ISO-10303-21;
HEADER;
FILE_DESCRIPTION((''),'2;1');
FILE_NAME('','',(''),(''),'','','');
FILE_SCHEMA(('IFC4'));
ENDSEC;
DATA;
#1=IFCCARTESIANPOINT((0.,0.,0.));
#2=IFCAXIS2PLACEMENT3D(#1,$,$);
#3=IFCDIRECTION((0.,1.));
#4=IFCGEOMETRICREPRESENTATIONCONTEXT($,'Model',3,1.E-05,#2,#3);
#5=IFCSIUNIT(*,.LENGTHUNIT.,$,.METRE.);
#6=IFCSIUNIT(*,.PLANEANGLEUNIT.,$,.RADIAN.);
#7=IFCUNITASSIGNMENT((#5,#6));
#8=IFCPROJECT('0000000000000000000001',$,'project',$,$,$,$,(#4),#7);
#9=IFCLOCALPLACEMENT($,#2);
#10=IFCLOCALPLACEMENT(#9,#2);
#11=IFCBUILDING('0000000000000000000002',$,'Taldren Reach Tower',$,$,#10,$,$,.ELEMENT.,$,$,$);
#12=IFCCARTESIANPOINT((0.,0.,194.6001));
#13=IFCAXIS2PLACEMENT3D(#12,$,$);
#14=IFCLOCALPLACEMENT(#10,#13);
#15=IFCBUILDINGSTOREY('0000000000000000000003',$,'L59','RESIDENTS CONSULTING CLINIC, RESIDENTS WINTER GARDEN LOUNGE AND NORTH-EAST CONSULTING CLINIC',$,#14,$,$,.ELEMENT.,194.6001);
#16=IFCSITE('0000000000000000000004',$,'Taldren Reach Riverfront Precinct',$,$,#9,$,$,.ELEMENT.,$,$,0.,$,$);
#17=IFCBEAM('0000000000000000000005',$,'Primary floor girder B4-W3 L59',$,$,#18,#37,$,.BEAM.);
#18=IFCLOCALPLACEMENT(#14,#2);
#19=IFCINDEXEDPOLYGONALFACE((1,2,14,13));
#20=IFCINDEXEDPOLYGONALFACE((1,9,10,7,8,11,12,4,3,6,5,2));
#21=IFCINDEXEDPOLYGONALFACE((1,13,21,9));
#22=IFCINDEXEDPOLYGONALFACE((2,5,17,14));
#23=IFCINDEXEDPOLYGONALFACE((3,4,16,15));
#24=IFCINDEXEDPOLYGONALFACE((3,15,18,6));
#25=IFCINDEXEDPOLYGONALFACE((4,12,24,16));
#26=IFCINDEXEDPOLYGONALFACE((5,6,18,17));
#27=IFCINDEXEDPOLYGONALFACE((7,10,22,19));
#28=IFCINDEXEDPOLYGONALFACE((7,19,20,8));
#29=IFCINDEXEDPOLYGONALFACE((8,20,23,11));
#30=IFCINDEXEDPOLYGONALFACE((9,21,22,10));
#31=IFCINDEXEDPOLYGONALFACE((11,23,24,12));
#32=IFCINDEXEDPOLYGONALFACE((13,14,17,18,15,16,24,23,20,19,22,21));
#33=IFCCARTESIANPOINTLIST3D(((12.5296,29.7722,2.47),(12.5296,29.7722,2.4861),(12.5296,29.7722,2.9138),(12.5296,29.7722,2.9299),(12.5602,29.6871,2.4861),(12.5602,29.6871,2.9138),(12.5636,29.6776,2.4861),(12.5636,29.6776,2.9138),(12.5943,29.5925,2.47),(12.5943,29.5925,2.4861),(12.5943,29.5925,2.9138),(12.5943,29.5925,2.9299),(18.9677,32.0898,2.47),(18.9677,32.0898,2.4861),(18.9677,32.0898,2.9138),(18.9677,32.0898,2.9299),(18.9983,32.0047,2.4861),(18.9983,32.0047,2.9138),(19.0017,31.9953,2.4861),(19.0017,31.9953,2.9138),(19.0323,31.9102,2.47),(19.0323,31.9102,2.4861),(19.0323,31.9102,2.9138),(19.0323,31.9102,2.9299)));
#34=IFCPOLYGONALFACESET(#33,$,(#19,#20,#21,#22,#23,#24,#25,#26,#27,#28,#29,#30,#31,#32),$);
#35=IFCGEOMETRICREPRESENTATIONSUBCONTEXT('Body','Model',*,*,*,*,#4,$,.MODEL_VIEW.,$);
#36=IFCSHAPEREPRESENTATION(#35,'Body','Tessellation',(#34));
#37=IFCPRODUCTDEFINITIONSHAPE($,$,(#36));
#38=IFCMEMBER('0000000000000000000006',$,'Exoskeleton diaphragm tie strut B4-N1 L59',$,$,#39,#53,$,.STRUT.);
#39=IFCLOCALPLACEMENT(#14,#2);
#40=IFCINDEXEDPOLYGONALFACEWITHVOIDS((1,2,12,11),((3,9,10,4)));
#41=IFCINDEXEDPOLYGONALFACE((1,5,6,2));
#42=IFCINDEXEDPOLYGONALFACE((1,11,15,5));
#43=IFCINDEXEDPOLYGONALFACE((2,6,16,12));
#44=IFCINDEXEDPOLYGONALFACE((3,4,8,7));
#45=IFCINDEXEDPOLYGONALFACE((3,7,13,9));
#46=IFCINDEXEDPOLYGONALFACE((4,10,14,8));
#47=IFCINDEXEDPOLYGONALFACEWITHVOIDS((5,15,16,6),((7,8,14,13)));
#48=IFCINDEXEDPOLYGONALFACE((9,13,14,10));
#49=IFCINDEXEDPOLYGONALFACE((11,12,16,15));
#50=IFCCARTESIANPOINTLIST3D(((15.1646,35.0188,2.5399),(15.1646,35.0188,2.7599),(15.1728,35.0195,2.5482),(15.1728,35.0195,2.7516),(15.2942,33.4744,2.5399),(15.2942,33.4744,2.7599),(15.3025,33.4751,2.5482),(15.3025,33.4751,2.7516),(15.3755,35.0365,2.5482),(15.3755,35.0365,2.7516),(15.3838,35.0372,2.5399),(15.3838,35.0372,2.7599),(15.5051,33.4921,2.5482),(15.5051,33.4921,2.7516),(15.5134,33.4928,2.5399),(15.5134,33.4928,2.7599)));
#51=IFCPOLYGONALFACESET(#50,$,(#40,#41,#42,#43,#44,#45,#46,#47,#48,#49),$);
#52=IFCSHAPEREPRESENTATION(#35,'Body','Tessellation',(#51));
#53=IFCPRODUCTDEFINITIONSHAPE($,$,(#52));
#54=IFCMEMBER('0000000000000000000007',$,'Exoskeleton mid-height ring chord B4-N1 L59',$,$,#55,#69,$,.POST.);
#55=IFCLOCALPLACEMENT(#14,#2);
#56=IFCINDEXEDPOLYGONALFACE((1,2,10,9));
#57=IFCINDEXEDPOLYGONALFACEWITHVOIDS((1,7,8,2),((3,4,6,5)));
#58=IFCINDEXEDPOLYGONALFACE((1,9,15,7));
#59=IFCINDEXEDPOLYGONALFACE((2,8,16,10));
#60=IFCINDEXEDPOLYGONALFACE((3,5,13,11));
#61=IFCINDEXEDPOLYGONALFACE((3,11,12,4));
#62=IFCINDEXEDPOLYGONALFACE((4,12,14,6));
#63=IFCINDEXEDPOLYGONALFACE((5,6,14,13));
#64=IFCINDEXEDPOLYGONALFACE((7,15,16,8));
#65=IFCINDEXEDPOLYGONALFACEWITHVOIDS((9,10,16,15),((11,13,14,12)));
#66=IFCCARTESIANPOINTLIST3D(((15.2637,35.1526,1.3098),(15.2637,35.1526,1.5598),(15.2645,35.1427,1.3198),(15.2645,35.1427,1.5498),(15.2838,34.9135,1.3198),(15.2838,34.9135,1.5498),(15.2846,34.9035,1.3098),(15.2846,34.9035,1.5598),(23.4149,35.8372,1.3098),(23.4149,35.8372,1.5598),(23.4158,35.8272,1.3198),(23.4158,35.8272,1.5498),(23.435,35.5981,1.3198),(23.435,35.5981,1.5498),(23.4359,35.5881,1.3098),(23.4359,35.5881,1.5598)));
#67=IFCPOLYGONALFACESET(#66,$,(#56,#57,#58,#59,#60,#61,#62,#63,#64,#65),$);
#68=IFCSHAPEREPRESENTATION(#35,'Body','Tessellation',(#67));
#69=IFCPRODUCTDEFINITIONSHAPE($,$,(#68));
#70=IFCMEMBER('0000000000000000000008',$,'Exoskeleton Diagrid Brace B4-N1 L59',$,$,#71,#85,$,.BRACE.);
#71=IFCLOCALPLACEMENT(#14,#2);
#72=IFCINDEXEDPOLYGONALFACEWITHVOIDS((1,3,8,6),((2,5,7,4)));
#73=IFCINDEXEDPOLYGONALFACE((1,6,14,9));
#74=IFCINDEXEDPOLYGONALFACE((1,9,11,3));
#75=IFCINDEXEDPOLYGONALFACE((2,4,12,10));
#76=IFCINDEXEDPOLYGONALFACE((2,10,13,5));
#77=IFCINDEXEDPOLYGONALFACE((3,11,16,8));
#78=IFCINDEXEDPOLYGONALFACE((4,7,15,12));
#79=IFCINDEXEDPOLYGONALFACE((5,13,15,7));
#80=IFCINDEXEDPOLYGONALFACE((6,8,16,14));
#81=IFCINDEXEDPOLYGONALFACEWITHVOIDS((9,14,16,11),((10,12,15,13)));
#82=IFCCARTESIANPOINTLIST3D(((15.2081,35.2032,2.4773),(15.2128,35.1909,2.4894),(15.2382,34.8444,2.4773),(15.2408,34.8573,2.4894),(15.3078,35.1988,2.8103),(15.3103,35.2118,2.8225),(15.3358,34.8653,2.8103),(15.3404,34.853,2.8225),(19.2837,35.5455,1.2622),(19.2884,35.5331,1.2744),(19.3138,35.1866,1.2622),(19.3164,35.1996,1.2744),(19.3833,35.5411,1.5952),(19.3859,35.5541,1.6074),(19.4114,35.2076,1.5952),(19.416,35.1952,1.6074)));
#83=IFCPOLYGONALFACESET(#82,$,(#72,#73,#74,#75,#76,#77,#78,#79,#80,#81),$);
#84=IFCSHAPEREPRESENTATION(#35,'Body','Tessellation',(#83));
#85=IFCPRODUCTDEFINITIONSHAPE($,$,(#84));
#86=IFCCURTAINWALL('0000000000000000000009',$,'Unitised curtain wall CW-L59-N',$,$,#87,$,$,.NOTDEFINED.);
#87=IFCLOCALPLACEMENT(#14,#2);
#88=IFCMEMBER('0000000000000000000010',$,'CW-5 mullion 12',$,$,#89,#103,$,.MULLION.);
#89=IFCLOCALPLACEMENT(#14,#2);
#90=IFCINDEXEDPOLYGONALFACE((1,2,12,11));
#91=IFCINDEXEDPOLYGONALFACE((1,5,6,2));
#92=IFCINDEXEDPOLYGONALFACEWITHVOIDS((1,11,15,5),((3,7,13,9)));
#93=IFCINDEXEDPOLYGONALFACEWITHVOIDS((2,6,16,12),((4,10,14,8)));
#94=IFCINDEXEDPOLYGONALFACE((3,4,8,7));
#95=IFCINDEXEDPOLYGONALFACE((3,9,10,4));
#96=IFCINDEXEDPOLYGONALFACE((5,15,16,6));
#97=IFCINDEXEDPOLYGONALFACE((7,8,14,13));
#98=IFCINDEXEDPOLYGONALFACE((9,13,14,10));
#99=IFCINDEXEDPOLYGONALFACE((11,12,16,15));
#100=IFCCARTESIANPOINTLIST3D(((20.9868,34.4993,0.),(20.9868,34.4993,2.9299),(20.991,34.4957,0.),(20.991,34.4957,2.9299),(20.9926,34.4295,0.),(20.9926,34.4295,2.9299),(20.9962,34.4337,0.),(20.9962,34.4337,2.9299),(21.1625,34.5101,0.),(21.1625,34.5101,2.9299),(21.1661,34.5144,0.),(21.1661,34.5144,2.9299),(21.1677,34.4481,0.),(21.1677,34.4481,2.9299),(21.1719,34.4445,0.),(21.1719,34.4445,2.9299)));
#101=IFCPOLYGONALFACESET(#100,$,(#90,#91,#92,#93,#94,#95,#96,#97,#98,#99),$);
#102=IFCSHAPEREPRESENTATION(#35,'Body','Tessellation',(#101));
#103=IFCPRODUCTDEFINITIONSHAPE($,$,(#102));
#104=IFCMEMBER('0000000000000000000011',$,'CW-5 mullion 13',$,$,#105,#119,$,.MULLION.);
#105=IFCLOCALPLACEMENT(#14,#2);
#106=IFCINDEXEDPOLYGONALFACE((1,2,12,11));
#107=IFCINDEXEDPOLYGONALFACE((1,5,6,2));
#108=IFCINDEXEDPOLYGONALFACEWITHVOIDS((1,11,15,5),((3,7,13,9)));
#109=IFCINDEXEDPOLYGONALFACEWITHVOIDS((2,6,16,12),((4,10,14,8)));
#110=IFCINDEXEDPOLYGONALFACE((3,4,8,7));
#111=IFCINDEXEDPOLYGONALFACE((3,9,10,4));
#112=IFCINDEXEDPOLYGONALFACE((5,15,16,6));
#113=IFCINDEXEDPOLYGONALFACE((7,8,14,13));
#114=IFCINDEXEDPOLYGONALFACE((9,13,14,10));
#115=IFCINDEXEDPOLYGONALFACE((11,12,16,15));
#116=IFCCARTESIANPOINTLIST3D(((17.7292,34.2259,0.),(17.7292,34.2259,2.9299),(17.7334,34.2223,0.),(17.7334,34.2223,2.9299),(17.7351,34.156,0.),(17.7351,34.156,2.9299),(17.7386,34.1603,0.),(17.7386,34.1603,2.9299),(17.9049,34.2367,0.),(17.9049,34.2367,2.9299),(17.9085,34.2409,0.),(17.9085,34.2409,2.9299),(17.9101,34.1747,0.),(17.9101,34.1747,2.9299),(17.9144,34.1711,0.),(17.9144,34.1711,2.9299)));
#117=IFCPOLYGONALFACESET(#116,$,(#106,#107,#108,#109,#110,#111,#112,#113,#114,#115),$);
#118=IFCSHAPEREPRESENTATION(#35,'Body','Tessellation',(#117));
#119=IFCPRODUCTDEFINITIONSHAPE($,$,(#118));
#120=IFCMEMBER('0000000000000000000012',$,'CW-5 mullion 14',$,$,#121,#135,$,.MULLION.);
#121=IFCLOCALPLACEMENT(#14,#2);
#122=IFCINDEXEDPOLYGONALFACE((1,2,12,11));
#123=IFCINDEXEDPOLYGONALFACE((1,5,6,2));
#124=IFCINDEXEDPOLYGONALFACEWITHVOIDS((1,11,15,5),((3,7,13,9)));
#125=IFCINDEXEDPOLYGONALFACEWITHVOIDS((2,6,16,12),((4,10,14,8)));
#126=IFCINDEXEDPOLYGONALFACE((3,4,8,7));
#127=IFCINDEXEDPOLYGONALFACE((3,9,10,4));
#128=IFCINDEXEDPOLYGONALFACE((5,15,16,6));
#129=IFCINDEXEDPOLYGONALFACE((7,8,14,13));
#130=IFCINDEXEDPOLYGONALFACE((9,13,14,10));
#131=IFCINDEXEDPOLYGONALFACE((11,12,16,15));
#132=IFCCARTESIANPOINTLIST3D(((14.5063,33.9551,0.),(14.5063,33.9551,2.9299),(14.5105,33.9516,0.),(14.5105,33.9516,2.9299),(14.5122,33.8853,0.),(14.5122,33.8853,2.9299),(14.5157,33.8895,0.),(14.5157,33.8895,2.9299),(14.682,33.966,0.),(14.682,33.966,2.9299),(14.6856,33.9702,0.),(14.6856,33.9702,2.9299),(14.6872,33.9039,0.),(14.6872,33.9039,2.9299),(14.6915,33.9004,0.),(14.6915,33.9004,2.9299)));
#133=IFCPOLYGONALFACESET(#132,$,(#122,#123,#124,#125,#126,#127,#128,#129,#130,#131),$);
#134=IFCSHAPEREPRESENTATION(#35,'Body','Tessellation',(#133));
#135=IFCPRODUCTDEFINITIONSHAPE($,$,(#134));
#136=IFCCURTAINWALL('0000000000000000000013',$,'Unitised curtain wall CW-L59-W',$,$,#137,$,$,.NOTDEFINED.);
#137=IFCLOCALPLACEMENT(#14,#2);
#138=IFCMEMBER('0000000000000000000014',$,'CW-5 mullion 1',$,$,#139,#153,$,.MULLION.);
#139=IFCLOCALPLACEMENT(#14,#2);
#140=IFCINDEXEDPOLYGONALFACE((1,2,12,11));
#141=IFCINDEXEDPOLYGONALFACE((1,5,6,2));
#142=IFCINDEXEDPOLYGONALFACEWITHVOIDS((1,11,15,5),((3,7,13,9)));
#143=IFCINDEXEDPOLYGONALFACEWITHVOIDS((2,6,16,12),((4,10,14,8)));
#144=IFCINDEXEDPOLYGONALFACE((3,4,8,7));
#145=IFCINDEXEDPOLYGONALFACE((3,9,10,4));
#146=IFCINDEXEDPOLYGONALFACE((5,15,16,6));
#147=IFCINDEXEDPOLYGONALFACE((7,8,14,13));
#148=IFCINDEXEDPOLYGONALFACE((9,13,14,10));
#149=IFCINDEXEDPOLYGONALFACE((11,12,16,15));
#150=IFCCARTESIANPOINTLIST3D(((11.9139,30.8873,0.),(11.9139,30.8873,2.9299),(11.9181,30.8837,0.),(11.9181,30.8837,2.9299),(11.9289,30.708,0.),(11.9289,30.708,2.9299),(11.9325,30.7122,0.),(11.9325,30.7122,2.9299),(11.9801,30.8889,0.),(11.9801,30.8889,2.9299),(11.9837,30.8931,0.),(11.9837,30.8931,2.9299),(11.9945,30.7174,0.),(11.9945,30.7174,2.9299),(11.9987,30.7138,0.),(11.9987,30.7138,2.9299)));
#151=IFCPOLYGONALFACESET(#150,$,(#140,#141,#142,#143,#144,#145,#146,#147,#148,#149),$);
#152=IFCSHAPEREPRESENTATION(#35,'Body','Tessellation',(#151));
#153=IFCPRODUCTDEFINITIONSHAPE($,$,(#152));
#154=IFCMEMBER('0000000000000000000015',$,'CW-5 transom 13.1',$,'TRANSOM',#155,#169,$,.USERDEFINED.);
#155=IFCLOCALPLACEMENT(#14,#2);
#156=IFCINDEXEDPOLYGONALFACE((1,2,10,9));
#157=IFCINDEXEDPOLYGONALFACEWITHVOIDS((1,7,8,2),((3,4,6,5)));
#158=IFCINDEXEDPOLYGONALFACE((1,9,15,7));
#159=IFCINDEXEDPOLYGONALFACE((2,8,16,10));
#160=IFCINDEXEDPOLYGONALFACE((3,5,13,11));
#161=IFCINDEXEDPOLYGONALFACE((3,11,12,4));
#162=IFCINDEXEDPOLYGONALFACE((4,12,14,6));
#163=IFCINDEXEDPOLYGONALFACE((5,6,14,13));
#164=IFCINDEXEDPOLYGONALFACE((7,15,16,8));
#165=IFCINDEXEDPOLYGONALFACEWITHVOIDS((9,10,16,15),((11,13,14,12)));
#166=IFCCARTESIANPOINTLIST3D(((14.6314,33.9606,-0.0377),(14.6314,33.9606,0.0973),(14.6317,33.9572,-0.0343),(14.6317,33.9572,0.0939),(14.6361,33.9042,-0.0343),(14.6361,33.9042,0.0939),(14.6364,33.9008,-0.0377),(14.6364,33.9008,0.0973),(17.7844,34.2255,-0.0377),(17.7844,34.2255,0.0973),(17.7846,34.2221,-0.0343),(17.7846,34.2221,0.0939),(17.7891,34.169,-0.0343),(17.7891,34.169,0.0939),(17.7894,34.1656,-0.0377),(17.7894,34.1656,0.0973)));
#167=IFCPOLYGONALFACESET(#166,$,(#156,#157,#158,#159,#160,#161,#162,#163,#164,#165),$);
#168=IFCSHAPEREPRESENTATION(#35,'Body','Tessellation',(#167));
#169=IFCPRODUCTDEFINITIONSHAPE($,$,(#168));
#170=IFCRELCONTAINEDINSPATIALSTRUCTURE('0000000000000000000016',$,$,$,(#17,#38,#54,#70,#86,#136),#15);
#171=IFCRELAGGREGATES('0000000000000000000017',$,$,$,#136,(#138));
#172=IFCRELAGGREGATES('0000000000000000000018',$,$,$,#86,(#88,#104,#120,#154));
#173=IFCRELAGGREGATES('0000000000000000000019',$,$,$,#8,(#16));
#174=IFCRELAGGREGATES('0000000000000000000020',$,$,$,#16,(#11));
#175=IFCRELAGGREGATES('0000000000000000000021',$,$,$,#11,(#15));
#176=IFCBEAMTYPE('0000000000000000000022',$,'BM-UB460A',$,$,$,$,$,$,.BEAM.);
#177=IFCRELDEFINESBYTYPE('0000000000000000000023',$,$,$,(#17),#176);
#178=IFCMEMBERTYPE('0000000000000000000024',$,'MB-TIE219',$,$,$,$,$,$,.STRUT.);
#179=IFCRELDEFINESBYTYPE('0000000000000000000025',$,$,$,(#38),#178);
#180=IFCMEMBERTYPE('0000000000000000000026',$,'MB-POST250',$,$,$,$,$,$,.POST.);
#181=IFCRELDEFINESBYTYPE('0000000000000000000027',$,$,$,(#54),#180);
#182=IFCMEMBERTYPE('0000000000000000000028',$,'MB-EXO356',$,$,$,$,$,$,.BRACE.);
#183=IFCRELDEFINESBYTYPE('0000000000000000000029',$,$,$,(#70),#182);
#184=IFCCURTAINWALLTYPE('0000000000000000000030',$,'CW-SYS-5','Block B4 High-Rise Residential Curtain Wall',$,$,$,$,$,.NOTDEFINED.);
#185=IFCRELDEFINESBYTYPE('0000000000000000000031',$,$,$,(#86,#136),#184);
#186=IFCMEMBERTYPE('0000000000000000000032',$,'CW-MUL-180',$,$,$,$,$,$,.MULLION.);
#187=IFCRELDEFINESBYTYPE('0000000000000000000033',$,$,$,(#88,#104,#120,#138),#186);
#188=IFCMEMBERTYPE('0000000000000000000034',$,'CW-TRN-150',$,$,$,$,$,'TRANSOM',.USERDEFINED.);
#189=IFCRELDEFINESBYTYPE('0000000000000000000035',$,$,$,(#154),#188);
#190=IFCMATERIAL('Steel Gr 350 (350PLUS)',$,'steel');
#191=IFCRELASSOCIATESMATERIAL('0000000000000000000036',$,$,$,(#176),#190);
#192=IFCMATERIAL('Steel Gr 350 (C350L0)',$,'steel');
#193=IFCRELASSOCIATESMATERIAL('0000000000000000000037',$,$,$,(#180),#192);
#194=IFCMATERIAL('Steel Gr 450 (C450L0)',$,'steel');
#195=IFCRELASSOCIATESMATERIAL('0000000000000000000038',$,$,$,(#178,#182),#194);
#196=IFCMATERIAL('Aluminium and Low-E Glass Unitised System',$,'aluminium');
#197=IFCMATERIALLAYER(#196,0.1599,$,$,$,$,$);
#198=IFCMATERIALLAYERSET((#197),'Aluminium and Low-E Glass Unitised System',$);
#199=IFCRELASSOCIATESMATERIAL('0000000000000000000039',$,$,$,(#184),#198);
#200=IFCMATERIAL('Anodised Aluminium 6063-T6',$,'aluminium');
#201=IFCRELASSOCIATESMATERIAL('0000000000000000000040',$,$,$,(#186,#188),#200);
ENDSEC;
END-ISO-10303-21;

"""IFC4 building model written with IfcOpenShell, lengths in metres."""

from ifc_helpers import new_model, si_unit, direction, frame, origin, origin_2d, place, context, subcontext, project, spatial, hollow_rectangle, i_section, extrude, source, transform, mapped, material, layer, layer_set, material_profile, profile_set, type_object, element, aggregate, save


model = new_model("IFC4")

# Units and contexts
model_context = context("Model", 3, precision=1e-05, world=origin(), true_north=direction((0.0, 1.0)))
body_context = subcontext(model_context, "Body", "Model", "MODEL_VIEW")
ifc_project = project(units=[si_unit("LENGTHUNIT", "METRE"), si_unit("PLANEANGLEUNIT", "RADIAN")], contexts=[model_context])

# Site, building, storey
site_placement = place(None, origin())
site = spatial("IfcSite", under=ifc_project, at=site_placement, Name="Taldren Reach Riverfront Precinct", CompositionType="ELEMENT", RefElevation=0.0)
building_placement = place(site_placement, origin())
building = spatial("IfcBuilding", under=site, at=building_placement, Name="Taldren Reach Tower", CompositionType="ELEMENT")
storey_placement = place(building_placement, frame((0.0, 0.0, 194.6001)))
storey = spatial("IfcBuildingStorey", under=building, at=storey_placement, Name="L59", Description="RESIDENTS CONSULTING CLINIC, RESIDENTS WINTER GARDEN LOUNGE AND NORTH-EAST CONSULTING CLINIC", CompositionType="ELEMENT", Elevation=194.6001)

# Shared definitions
ifc_material_1 = material(Name="Steel Gr 450 (C450L0)", Category="steel")
ifc_material_2 = material(Name="Steel Gr 350 (C350L0)", Category="steel")

# Shared definitions
ifc_material_3 = material(Name="Steel Gr 350 (350PLUS)", Category="steel")
ifc_material_profile_1 = material_profile(ifc_material_3, i_section(OverallWidth=0.1909, OverallDepth=0.46, WebThickness=0.01, FlangeThickness=0.0161, at=origin_2d()), Name="460UB82.1")
ifc_profile_set_1 = profile_set([ifc_material_profile_1], Name="Steel Gr 350 (350PLUS)")
beam_type_1 = type_object("IfcBeamType", Name="BM-UB460A", PredefinedType="BEAM", material=ifc_profile_set_1)

# Shared definitions
ifc_material_profile_2 = material_profile(ifc_material_2, hollow_rectangle(XDim=0.25, YDim=0.25, WallThickness=0.01, at=origin_2d()), Name="250x250x10.0SHS")
ifc_profile_set_2 = profile_set([ifc_material_profile_2], Name="Steel Gr 350 (C350L0)")
member_type_1 = type_object("IfcMemberType", Name="MB-POST250", PredefinedType="POST", material=ifc_profile_set_2)

# Beam
shared_shape_1 = source(origin(), body_context, "Body", "SweptSolid", [
    extrude(i_section(OverallWidth=0.1909, OverallDepth=0.46, WebThickness=0.01, FlangeThickness=0.0161, at=origin_2d()), origin(), (0.0, 0.0, 1.0), 6.8425),
])
beam_1_placement = place(storey_placement, frame((19.0, 32.0, 2.7), z_axis=(-0.94089, -0.338713, 0.0), x_axis=(0.338713, -0.94089, 0.0)))
element("IfcBeam", 1, at=beam_1_placement, inside=storey, type_object=beam_type_1, Name="Primary floor girder B4-W3 L59", PredefinedType="BEAM", context=body_context, shape_type="MappedRepresentation", body=[
    mapped(shared_shape_1, transform((0.0, 0.0, 0.0), scale=1.0)),
])

# Members
ifc_material_profile_3 = material_profile(ifc_material_1, hollow_rectangle(XDim=0.22, YDim=0.22, WallThickness=0.0083, at=origin_2d()), Name="220x220x8.2SHS")
ifc_profile_set_3 = profile_set([ifc_material_profile_3], Name="Steel Gr 450 (C450L0)")
member_type_2 = type_object("IfcMemberType", Name="MB-TIE219", PredefinedType="STRUT", material=ifc_profile_set_3)
shared_shape_2 = source(origin(), body_context, "Body", "SweptSolid", [
    extrude(hollow_rectangle(XDim=0.22, YDim=0.22, WallThickness=0.0083, at=origin_2d()), origin(), (0.0, 0.0, 1.0), 1.5498),
])
member_1_placement = place(storey_placement, frame((15.4038, 33.4836, 2.6499), z_axis=(-0.083645, 0.996496, 0.0), x_axis=(-0.996496, -0.083645, 0.0)))
element("IfcMember", 2, at=member_1_placement, inside=storey, type_object=member_type_2, Name="Exoskeleton diaphragm tie strut B4-N1 L59", PredefinedType="STRUT", context=body_context, shape_type="MappedRepresentation", body=[
    mapped(shared_shape_2, transform((0.0, 0.0, 0.0), scale=1.0)),
])
shared_shape_3 = source(origin(), body_context, "Body", "SweptSolid", [
    extrude(hollow_rectangle(XDim=0.25, YDim=0.25, WallThickness=0.01, at=origin_2d()), origin(), (0.0, 0.0, 1.0), 8.1799),
])
member_2_placement = place(storey_placement, frame((15.2742, 35.0281, 1.4348), z_axis=(0.996492, 0.08369, 0.0), x_axis=(-0.08369, 0.996492, 0.0)))
element("IfcMember", 3, at=member_2_placement, inside=storey, type_object=member_type_1, Name="Exoskeleton mid-height ring chord B4-N1 L59", PredefinedType="POST", context=body_context, shape_type="MappedRepresentation", body=[
    mapped(shared_shape_3, transform((0.0, 0.0, 0.0), scale=1.0)),
])
ifc_material_profile_4 = material_profile(ifc_material_1, hollow_rectangle(XDim=0.3601, YDim=0.3601, WallThickness=0.0127, at=origin_2d()), Name="360x360x12.7SHS")
ifc_profile_set_4 = profile_set([ifc_material_profile_4], Name="Steel Gr 450 (C450L0)")
member_type_3 = type_object("IfcMemberType", Name="MB-EXO356", PredefinedType="BRACE", material=ifc_profile_set_4)
shared_shape_4 = source(origin(), body_context, "Body", "SweptSolid", [
    extrude(hollow_rectangle(XDim=0.3601, YDim=0.3601, WallThickness=0.0127, at=origin_2d()), origin(), (0.0, 0.0, 1.0), 4.2666),
])
member_3_placement = place(storey_placement, frame((19.3499, 35.3704, 1.4348), z_axis=(-0.955229, -0.080222, 0.284783), x_axis=(0.083688, -0.996492, 0.0)))
element("IfcMember", 4, at=member_3_placement, inside=storey, type_object=member_type_3, Name="Exoskeleton Diagrid Brace B4-N1 L59", PredefinedType="BRACE", context=body_context, shape_type="MappedRepresentation", body=[
    mapped(shared_shape_4, transform((0.0, 0.0, 0.0), scale=1.0)),
])

# Curtain wall, members
ifc_material_4 = material(Name="Aluminium and Low-E Glass Unitised System", Category="aluminium")
ifc_layer_1 = layer(ifc_material_4, 0.1599)
ifc_layer_set_1 = layer_set([ifc_layer_1], Name="Aluminium and Low-E Glass Unitised System")
curtain_wall_type = type_object("IfcCurtainWallType", Name="CW-SYS-5", Description="Block B4 High-Rise Residential Curtain Wall", PredefinedType="NOTDEFINED", material=ifc_layer_set_1)
curtain_wall_1_placement = place(storey_placement, origin())
curtain_wall_1 = element("IfcCurtainWall", 5, at=curtain_wall_1_placement, inside=storey, type_object=curtain_wall_type, Name="Unitised curtain wall CW-L59-N", PredefinedType="NOTDEFINED")
ifc_material_5 = material(Name="Anodised Aluminium 6063-T6", Category="aluminium")
ifc_material_profile_5 = material_profile(ifc_material_5, hollow_rectangle(XDim=0.0701, YDim=0.1799, WallThickness=0.0039, at=origin_2d()), Name="ALU-180x70x4RHS")
ifc_profile_set_5 = profile_set([ifc_material_profile_5], Name="Anodised Aluminium 6063-T6")
member_type_4 = type_object("IfcMemberType", Name="CW-MUL-180", PredefinedType="MULLION", material=ifc_profile_set_5)
shared_shape_5 = source(origin(), body_context, "Body", "SweptSolid", [
    extrude(hollow_rectangle(XDim=0.0701, YDim=0.1799, WallThickness=0.0039, at=origin_2d()), origin(), (0.0, 0.0, 1.0), 2.9299),
])
member_4_placement = place(storey_placement, frame((21.0793, 34.4719, 0.0), z_axis=(0.0, 0.0, 1.0), x_axis=(0.083678, -0.996493, 0.0)))
member_4 = element("IfcMember", 6, at=member_4_placement, type_object=member_type_4, Name="CW-5 mullion 12", PredefinedType="MULLION", context=body_context, shape_type="MappedRepresentation", body=[
    mapped(shared_shape_5, transform((0.0, 0.0, 0.0), scale=1.0)),
])
member_5_placement = place(storey_placement, frame((17.8218, 34.1985, 0.0), z_axis=(0.0, 0.0, 1.0), x_axis=(0.083678, -0.996493, 0.0)))
member_5 = element("IfcMember", 7, at=member_5_placement, type_object=member_type_4, Name="CW-5 mullion 13", PredefinedType="MULLION", context=body_context, shape_type="MappedRepresentation", body=[
    mapped(shared_shape_5, transform((0.0, 0.0, 0.0), scale=1.0)),
])
member_6_placement = place(storey_placement, frame((14.5989, 33.9277, 0.0), z_axis=(0.0, 0.0, 1.0), x_axis=(0.083678, -0.996493, 0.0)))
member_6 = element("IfcMember", 8, at=member_6_placement, type_object=member_type_4, Name="CW-5 mullion 14", PredefinedType="MULLION", context=body_context, shape_type="MappedRepresentation", body=[
    mapped(shared_shape_5, transform((0.0, 0.0, 0.0), scale=1.0)),
])

# Curtain wall, member
curtain_wall_2_placement = place(storey_placement, origin())
curtain_wall_2 = element("IfcCurtainWall", 9, at=curtain_wall_2_placement, inside=storey, type_object=curtain_wall_type, Name="Unitised curtain wall CW-L59-W", PredefinedType="NOTDEFINED")
member_7_placement = place(storey_placement, frame((11.9563, 30.8005, 0.0), z_axis=(0.0, 0.0, 1.0), x_axis=(0.996493, 0.083678, 0.0)))
member_7 = element("IfcMember", 10, at=member_7_placement, type_object=member_type_4, Name="CW-5 mullion 1", PredefinedType="MULLION", context=body_context, shape_type="MappedRepresentation", body=[
    mapped(shared_shape_5, transform((0.0, 0.0, 0.0), scale=1.0)),
])

# Member
ifc_material_profile_6 = material_profile(ifc_material_5, hollow_rectangle(XDim=0.0601, YDim=0.135, WallThickness=0.0034, at=origin_2d()), Name="ALU-135x60x3.5RHS")
ifc_profile_set_6 = profile_set([ifc_material_profile_6], Name="Anodised Aluminium 6063-T6")
member_type_5 = type_object("IfcMemberType", Name="CW-TRN-150", ElementType="TRANSOM", PredefinedType="USERDEFINED", material=ifc_profile_set_6)
shared_shape_6 = source(origin(), body_context, "Body", "SweptSolid", [
    extrude(hollow_rectangle(XDim=0.0601, YDim=0.135, WallThickness=0.0034, at=origin_2d()), origin(), (0.0, 0.0, 1.0), 3.1641),
])
member_8_placement = place(storey_placement, frame((17.7869, 34.1956, 0.0298), z_axis=(-0.99649, -0.083716, 0.0), x_axis=(0.083716, -0.99649, 0.0)))
member_8 = element("IfcMember", 11, at=member_8_placement, type_object=member_type_5, Name="CW-5 transom 13.1", ObjectType="TRANSOM", PredefinedType="USERDEFINED", context=body_context, shape_type="MappedRepresentation", body=[
    mapped(shared_shape_6, transform((0.0, 0.0, 0.0), scale=1.0)),
])
aggregate(curtain_wall_2, [member_7])

aggregate(curtain_wall_1, [member_4, member_5, member_6, member_8])

save(model, "model.ifc")
